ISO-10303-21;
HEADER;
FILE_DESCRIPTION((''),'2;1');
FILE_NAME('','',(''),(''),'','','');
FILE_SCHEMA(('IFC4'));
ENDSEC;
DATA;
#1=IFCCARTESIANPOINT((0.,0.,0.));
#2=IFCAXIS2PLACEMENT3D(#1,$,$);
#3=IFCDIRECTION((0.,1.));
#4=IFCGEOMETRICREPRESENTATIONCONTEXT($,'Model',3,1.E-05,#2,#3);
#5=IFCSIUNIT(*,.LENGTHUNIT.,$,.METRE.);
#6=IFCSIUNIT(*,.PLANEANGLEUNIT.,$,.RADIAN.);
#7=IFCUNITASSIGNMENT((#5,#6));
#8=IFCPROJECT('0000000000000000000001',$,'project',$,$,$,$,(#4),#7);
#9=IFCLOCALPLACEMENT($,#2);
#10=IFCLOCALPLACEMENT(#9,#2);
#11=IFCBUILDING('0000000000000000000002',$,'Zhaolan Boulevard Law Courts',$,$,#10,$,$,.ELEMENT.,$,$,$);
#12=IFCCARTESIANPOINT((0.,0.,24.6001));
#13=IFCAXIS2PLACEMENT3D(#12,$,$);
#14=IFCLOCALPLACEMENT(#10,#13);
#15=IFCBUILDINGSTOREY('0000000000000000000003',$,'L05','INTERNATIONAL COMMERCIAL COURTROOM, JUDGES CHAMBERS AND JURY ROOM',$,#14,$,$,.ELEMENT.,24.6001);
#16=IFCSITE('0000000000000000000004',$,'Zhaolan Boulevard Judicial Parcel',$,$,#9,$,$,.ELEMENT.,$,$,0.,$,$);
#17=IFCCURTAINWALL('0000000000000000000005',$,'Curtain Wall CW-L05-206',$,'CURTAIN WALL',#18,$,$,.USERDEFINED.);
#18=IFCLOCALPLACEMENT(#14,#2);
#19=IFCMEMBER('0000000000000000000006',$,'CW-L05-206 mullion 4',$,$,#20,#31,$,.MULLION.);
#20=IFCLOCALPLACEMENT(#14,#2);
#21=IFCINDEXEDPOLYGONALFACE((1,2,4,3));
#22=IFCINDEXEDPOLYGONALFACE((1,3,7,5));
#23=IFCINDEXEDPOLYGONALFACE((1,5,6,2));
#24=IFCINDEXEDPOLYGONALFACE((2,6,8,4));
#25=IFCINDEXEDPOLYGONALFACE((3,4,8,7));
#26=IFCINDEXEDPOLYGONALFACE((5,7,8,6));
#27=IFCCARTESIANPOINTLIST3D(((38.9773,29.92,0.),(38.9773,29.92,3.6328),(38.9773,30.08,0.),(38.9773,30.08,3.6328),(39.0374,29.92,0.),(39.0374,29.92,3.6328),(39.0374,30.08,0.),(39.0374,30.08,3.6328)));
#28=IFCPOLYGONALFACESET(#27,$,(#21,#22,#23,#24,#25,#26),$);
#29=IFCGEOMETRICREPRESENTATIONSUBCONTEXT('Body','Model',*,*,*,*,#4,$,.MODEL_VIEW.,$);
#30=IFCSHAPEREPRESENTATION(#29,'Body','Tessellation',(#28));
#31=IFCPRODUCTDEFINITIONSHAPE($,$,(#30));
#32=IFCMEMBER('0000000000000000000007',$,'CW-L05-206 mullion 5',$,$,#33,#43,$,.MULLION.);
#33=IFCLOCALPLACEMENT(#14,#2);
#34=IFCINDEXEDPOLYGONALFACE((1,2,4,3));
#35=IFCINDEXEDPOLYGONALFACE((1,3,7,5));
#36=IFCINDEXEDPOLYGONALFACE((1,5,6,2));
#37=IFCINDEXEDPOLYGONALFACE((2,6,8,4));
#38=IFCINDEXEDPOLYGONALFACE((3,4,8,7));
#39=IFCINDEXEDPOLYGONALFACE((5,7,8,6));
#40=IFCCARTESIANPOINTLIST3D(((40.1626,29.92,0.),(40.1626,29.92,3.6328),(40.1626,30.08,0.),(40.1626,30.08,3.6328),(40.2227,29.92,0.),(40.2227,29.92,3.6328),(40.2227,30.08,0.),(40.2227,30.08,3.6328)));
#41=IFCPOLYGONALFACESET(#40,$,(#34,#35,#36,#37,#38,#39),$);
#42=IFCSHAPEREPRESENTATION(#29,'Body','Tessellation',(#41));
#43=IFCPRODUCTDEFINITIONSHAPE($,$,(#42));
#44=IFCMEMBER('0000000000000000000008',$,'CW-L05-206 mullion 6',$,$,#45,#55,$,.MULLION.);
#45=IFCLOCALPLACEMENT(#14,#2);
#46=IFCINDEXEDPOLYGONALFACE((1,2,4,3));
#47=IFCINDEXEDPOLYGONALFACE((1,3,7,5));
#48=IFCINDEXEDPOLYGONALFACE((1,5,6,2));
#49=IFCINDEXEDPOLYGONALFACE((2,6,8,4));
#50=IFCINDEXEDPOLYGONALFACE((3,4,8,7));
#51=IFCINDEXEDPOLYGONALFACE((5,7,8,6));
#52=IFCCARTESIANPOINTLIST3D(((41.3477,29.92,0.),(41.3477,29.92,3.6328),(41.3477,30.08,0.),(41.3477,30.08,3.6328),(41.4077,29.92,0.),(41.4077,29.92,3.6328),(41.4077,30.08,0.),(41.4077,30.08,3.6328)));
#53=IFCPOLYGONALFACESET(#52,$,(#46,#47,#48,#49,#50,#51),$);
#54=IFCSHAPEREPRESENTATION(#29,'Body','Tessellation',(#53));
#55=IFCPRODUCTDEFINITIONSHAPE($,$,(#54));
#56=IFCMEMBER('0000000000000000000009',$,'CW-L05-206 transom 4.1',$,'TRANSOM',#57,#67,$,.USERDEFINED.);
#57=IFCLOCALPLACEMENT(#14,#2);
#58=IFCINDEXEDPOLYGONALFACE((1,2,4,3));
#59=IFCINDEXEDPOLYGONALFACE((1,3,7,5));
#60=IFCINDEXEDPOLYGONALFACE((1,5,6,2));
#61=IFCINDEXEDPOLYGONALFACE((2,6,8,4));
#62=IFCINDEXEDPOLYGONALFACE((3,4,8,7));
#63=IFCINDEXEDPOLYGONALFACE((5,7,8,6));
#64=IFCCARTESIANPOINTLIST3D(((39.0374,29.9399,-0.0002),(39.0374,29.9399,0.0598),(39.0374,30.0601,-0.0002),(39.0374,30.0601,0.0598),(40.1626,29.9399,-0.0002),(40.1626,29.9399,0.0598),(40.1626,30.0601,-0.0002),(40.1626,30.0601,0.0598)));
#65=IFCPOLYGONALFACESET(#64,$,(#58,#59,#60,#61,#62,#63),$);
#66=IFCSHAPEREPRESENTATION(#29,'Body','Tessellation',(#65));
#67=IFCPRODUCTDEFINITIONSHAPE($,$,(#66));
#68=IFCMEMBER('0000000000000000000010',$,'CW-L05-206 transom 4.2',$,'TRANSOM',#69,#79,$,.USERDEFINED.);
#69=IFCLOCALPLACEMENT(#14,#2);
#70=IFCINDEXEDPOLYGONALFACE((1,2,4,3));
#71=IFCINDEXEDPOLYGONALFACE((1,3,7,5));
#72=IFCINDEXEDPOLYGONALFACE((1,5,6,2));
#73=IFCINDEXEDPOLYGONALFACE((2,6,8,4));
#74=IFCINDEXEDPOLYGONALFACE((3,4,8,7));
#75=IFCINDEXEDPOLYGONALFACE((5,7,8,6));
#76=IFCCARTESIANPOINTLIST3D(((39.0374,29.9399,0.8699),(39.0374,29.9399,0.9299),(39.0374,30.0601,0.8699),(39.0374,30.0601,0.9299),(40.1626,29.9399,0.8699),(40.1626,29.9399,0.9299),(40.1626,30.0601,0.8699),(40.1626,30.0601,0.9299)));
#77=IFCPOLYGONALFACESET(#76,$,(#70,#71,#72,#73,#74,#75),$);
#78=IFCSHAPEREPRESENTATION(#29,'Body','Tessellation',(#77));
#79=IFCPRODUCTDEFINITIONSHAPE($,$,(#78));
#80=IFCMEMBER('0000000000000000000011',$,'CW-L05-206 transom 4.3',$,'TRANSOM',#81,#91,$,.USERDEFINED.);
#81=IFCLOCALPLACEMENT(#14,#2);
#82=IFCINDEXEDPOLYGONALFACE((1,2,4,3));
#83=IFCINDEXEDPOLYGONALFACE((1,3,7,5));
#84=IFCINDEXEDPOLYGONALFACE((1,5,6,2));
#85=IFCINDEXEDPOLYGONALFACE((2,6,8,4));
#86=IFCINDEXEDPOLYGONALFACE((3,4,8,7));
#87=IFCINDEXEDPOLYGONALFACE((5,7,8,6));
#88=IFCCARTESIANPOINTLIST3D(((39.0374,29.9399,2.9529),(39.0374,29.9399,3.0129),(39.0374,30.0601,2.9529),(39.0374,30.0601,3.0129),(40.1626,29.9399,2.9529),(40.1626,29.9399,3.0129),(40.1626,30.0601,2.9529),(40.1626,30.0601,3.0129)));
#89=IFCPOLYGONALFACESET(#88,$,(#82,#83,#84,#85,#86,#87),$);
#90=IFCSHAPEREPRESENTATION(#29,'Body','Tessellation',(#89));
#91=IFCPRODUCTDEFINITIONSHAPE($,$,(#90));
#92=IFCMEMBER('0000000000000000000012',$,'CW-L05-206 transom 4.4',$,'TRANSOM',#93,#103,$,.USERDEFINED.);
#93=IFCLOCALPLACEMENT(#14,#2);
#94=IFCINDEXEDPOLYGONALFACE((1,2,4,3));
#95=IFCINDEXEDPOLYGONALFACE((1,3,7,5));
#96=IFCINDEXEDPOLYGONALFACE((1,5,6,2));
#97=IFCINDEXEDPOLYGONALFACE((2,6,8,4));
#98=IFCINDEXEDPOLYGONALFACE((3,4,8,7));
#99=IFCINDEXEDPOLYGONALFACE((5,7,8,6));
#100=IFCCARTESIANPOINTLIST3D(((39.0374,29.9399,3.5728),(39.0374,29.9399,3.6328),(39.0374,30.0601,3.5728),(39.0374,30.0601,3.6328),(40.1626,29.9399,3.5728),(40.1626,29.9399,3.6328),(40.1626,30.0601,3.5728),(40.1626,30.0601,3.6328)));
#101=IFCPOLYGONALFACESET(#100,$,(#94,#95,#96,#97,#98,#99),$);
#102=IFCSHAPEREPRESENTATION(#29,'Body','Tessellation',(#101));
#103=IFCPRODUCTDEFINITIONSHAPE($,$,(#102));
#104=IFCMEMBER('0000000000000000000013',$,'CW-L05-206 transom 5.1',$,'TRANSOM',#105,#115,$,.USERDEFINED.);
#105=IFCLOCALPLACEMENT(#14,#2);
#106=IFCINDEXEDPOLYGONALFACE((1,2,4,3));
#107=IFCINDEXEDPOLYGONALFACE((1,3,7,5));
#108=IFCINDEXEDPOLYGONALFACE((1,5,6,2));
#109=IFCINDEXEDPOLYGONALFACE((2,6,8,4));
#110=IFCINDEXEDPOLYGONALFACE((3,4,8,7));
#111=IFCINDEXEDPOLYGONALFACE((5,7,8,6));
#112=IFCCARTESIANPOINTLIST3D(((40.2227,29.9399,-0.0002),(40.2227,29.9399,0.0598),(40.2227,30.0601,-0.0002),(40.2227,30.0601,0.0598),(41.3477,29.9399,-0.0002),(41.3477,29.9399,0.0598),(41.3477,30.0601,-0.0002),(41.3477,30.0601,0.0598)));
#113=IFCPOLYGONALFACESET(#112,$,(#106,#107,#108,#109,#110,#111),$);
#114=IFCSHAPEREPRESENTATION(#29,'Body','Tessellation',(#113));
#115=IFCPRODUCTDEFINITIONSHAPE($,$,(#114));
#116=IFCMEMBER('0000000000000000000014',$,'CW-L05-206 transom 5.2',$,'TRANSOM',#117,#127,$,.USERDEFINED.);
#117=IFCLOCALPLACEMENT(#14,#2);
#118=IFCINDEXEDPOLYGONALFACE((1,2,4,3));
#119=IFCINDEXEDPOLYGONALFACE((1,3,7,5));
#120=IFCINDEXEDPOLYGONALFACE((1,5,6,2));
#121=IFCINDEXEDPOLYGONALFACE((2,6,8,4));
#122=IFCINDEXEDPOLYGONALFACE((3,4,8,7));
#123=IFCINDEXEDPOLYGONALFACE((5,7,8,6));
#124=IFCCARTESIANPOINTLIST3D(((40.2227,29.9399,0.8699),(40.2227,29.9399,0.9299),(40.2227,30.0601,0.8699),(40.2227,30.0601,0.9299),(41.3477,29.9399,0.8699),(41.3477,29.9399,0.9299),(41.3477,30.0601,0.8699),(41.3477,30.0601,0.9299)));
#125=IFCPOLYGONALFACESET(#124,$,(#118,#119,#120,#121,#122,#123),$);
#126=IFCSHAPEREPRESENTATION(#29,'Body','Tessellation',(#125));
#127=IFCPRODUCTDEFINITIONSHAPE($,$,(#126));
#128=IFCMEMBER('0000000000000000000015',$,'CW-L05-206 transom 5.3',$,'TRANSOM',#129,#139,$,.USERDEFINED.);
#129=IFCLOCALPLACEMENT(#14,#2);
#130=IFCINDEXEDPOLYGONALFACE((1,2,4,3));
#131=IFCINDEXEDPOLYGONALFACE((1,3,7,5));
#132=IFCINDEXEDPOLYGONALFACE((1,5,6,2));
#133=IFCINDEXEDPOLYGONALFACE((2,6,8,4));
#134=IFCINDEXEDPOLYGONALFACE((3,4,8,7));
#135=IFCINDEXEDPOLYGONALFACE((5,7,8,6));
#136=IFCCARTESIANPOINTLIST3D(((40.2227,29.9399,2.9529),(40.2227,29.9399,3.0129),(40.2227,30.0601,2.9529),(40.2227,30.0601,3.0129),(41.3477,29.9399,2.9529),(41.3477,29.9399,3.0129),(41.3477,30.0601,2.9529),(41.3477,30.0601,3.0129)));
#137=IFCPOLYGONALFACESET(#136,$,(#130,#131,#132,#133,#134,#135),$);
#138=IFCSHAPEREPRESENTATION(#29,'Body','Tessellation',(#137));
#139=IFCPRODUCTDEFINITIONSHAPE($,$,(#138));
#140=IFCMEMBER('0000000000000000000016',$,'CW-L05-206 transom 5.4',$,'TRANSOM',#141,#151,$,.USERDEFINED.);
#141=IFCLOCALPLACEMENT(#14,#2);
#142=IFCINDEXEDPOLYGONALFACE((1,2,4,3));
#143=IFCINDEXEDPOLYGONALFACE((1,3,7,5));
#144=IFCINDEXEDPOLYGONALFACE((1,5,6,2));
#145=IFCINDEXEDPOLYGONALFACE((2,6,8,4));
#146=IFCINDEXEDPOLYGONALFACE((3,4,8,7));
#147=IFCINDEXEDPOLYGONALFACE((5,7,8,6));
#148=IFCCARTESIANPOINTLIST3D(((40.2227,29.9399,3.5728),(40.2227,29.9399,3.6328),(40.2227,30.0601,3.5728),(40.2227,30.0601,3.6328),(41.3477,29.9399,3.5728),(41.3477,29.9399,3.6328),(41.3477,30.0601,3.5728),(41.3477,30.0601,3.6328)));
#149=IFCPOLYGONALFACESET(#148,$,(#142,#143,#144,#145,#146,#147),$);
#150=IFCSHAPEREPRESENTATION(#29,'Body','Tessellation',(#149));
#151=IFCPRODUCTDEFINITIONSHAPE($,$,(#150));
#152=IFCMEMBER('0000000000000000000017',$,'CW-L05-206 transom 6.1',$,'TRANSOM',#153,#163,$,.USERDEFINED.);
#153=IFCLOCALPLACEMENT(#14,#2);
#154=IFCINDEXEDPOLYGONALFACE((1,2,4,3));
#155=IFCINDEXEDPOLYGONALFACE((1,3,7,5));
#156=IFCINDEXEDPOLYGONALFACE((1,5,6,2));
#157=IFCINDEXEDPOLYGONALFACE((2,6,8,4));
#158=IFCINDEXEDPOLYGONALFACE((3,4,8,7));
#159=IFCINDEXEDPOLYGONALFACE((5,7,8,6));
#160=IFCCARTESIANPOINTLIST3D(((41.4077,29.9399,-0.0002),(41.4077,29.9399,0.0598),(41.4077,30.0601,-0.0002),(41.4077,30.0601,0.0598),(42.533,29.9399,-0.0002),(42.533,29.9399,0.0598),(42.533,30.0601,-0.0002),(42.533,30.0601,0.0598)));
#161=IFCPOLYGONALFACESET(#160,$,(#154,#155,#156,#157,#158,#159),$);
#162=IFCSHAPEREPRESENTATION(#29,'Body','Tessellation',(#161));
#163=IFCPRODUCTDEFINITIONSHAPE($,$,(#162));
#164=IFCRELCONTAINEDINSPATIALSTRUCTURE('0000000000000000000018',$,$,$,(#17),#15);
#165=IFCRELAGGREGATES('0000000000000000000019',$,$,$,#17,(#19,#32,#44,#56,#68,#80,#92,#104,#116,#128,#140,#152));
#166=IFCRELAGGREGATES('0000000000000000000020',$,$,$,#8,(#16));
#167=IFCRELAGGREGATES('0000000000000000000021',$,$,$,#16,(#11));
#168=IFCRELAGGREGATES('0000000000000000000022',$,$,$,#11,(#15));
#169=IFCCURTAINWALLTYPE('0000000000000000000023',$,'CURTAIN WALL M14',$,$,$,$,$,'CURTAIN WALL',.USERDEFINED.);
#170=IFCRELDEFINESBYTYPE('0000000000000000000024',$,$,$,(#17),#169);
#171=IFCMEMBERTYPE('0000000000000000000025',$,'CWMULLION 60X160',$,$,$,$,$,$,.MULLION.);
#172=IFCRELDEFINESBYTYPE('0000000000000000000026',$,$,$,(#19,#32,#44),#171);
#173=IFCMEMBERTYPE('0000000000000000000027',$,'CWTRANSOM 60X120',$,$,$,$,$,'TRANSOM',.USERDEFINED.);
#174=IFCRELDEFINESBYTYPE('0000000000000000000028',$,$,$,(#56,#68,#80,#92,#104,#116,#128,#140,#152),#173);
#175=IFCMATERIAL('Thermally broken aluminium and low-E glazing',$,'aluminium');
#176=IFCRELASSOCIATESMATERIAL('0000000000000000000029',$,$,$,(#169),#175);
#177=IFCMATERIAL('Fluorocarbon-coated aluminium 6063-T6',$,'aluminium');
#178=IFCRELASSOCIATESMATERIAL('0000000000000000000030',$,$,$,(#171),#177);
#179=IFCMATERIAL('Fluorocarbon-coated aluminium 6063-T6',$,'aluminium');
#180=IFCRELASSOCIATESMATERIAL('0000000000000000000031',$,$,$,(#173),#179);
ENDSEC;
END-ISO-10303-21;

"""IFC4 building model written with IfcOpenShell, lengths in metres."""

from ifc_helpers import new_model, si_unit, direction, frame, origin, origin_2d, place, context, subcontext, project, spatial, rectangle, extrude, material, material_profile, profile_set, type_object, element, aggregate, save


model = new_model("IFC4")

# Units and contexts
model_context = context("Model", 3, precision=1e-05, world=origin(), true_north=direction((0.0, 1.0)))
body_context = subcontext(model_context, "Body", "Model", "MODEL_VIEW")
ifc_project = project(units=[si_unit("LENGTHUNIT", "METRE"), si_unit("PLANEANGLEUNIT", "RADIAN")], contexts=[model_context])

# Site, building, storey
site_placement = place(None, origin())
site = spatial("IfcSite", under=ifc_project, at=site_placement, Name="Zhaolan Boulevard Judicial Parcel", CompositionType="ELEMENT", RefElevation=0.0)
building_placement = place(site_placement, origin())
building = spatial("IfcBuilding", under=site, at=building_placement, Name="Zhaolan Boulevard Law Courts", CompositionType="ELEMENT")
storey_placement = place(building_placement, frame((0.0, 0.0, 24.6001)))
storey = spatial("IfcBuildingStorey", under=building, at=storey_placement, Name="L05", Description="INTERNATIONAL COMMERCIAL COURTROOM, JUDGES CHAMBERS AND JURY ROOM", CompositionType="ELEMENT", Elevation=24.6001)

# Curtain wall, members
ifc_material_1 = material(Name="Thermally broken aluminium and low-E glazing", Category="aluminium")
curtain_wall_type = type_object("IfcCurtainWallType", Name="CURTAIN WALL M14", ElementType="CURTAIN WALL", PredefinedType="USERDEFINED", material=ifc_material_1)
curtain_wall_placement = place(storey_placement, origin())
curtain_wall = element("IfcCurtainWall", 1, at=curtain_wall_placement, inside=storey, type_object=curtain_wall_type, Name="Curtain Wall CW-L05-206", ObjectType="CURTAIN WALL", PredefinedType="USERDEFINED")
ifc_material_2 = material(Name="Fluorocarbon-coated aluminium 6063-T6", Category="aluminium")
ifc_material_profile_1 = material_profile(ifc_material_2, rectangle(XDim=0.1599, YDim=0.0601, at=origin_2d()), Name="AL60x160")
ifc_profile_set_1 = profile_set([ifc_material_profile_1], Name="Fluorocarbon-coated aluminium 6063-T6")
member_type_1 = type_object("IfcMemberType", Name="CWMULLION 60X160", PredefinedType="MULLION", material=ifc_profile_set_1)
member_1_placement = place(storey_placement, frame((39.0073, 30.0, 0.0), z_axis=(0.0, 0.0, 1.0), x_axis=(0.0, 1.0, 0.0)))
member_1 = element("IfcMember", 2, at=member_1_placement, type_object=member_type_1, Name="CW-L05-206 mullion 4", PredefinedType="MULLION", context=body_context, shape_type="SweptSolid", body=[
    extrude(rectangle(XDim=0.1599, YDim=0.0601, at=origin_2d()), origin(), (0.0, 0.0, 1.0), 3.6328),
])
member_2_placement = place(storey_placement, frame((40.1926, 30.0, 0.0), z_axis=(0.0, 0.0, 1.0), x_axis=(0.0, 1.0, 0.0)))
member_2 = element("IfcMember", 3, at=member_2_placement, type_object=member_type_1, Name="CW-L05-206 mullion 5", PredefinedType="MULLION", context=body_context, shape_type="SweptSolid", body=[
    extrude(rectangle(XDim=0.1599, YDim=0.0601, at=origin_2d()), origin(), (0.0, 0.0, 1.0), 3.6328),
])
member_3_placement = place(storey_placement, frame((41.3777, 30.0, 0.0), z_axis=(0.0, 0.0, 1.0), x_axis=(0.0, 1.0, 0.0)))
member_3 = element("IfcMember", 4, at=member_3_placement, type_object=member_type_1, Name="CW-L05-206 mullion 6", PredefinedType="MULLION", context=body_context, shape_type="SweptSolid", body=[
    extrude(rectangle(XDim=0.1599, YDim=0.0601, at=origin_2d()), origin(), (0.0, 0.0, 1.0), 3.6328),
])
ifc_material_3 = material(Name="Fluorocarbon-coated aluminium 6063-T6", Category="aluminium")
ifc_material_profile_2 = material_profile(ifc_material_3, rectangle(XDim=0.1201, YDim=0.0601, at=origin_2d()), Name="AL60x120")
ifc_profile_set_2 = profile_set([ifc_material_profile_2], Name="Fluorocarbon-coated aluminium 6063-T6")
member_type_2 = type_object("IfcMemberType", Name="CWTRANSOM 60X120", ElementType="TRANSOM", PredefinedType="USERDEFINED", material=ifc_profile_set_2)
member_4_placement = place(storey_placement, frame((39.0374, 30.0, 0.0298), z_axis=(1.0, 0.0, 0.0), x_axis=(0.0, 1.0, 0.0)))
member_4 = element("IfcMember", 5, at=member_4_placement, type_object=member_type_2, Name="CW-L05-206 transom 4.1", ObjectType="TRANSOM", PredefinedType="USERDEFINED", context=body_context, shape_type="SweptSolid", body=[
    extrude(rectangle(XDim=0.1201, YDim=0.0601, at=origin_2d()), origin(), (0.0, 0.0, 1.0), 1.1252),
])
member_5_placement = place(storey_placement, frame((39.0374, 30.0, 0.8999), z_axis=(1.0, 0.0, 0.0), x_axis=(0.0, 1.0, 0.0)))
member_5 = element("IfcMember", 6, at=member_5_placement, type_object=member_type_2, Name="CW-L05-206 transom 4.2", ObjectType="TRANSOM", PredefinedType="USERDEFINED", context=body_context, shape_type="SweptSolid", body=[
    extrude(rectangle(XDim=0.1201, YDim=0.0601, at=origin_2d()), origin(), (0.0, 0.0, 1.0), 1.1252),
])
member_6_placement = place(storey_placement, frame((39.0374, 30.0, 2.9829), z_axis=(1.0, 0.0, 0.0), x_axis=(0.0, 1.0, 0.0)))
member_6 = element("IfcMember", 7, at=member_6_placement, type_object=member_type_2, Name="CW-L05-206 transom 4.3", ObjectType="TRANSOM", PredefinedType="USERDEFINED", context=body_context, shape_type="SweptSolid", body=[
    extrude(rectangle(XDim=0.1201, YDim=0.0601, at=origin_2d()), origin(), (0.0, 0.0, 1.0), 1.1252),
])
member_7_placement = place(storey_placement, frame((39.0374, 30.0, 3.6028), z_axis=(1.0, 0.0, 0.0), x_axis=(0.0, 1.0, 0.0)))
member_7 = element("IfcMember", 8, at=member_7_placement, type_object=member_type_2, Name="CW-L05-206 transom 4.4", ObjectType="TRANSOM", PredefinedType="USERDEFINED", context=body_context, shape_type="SweptSolid", body=[
    extrude(rectangle(XDim=0.1201, YDim=0.0601, at=origin_2d()), origin(), (0.0, 0.0, 1.0), 1.1252),
])
member_8_placement = place(storey_placement, frame((40.2227, 30.0, 0.0298), z_axis=(1.0, 0.0, 0.0), x_axis=(0.0, 1.0, 0.0)))
member_8 = element("IfcMember", 9, at=member_8_placement, type_object=member_type_2, Name="CW-L05-206 transom 5.1", ObjectType="TRANSOM", PredefinedType="USERDEFINED", context=body_context, shape_type="SweptSolid", body=[
    extrude(rectangle(XDim=0.1201, YDim=0.0601, at=origin_2d()), origin(), (0.0, 0.0, 1.0), 1.125),
])
member_9_placement = place(storey_placement, frame((40.2227, 30.0, 0.8999), z_axis=(1.0, 0.0, 0.0), x_axis=(0.0, 1.0, 0.0)))
member_9 = element("IfcMember", 10, at=member_9_placement, type_object=member_type_2, Name="CW-L05-206 transom 5.2", ObjectType="TRANSOM", PredefinedType="USERDEFINED", context=body_context, shape_type="SweptSolid", body=[
    extrude(rectangle(XDim=0.1201, YDim=0.0601, at=origin_2d()), origin(), (0.0, 0.0, 1.0), 1.125),
])
member_10_placement = place(storey_placement, frame((40.2227, 30.0, 2.9829), z_axis=(1.0, 0.0, 0.0), x_axis=(0.0, 1.0, 0.0)))
member_10 = element("IfcMember", 11, at=member_10_placement, type_object=member_type_2, Name="CW-L05-206 transom 5.3", ObjectType="TRANSOM", PredefinedType="USERDEFINED", context=body_context, shape_type="SweptSolid", body=[
    extrude(rectangle(XDim=0.1201, YDim=0.0601, at=origin_2d()), origin(), (0.0, 0.0, 1.0), 1.125),
])
member_11_placement = place(storey_placement, frame((40.2227, 30.0, 3.6028), z_axis=(1.0, 0.0, 0.0), x_axis=(0.0, 1.0, 0.0)))
member_11 = element("IfcMember", 12, at=member_11_placement, type_object=member_type_2, Name="CW-L05-206 transom 5.4", ObjectType="TRANSOM", PredefinedType="USERDEFINED", context=body_context, shape_type="SweptSolid", body=[
    extrude(rectangle(XDim=0.1201, YDim=0.0601, at=origin_2d()), origin(), (0.0, 0.0, 1.0), 1.125),
])
member_12_placement = place(storey_placement, frame((41.4077, 30.0, 0.0298), z_axis=(1.0, 0.0, 0.0), x_axis=(0.0, 1.0, 0.0)))
member_12 = element("IfcMember", 13, at=member_12_placement, type_object=member_type_2, Name="CW-L05-206 transom 6.1", ObjectType="TRANSOM", PredefinedType="USERDEFINED", context=body_context, shape_type="SweptSolid", body=[
    extrude(rectangle(XDim=0.1201, YDim=0.0601, at=origin_2d()), origin(), (0.0, 0.0, 1.0), 1.1252),
])

aggregate(curtain_wall, [member_1, member_2, member_3, member_4, member_5, member_6, member_7, member_8, member_9, member_10, member_11, member_12])

save(model, "model.ifc")
